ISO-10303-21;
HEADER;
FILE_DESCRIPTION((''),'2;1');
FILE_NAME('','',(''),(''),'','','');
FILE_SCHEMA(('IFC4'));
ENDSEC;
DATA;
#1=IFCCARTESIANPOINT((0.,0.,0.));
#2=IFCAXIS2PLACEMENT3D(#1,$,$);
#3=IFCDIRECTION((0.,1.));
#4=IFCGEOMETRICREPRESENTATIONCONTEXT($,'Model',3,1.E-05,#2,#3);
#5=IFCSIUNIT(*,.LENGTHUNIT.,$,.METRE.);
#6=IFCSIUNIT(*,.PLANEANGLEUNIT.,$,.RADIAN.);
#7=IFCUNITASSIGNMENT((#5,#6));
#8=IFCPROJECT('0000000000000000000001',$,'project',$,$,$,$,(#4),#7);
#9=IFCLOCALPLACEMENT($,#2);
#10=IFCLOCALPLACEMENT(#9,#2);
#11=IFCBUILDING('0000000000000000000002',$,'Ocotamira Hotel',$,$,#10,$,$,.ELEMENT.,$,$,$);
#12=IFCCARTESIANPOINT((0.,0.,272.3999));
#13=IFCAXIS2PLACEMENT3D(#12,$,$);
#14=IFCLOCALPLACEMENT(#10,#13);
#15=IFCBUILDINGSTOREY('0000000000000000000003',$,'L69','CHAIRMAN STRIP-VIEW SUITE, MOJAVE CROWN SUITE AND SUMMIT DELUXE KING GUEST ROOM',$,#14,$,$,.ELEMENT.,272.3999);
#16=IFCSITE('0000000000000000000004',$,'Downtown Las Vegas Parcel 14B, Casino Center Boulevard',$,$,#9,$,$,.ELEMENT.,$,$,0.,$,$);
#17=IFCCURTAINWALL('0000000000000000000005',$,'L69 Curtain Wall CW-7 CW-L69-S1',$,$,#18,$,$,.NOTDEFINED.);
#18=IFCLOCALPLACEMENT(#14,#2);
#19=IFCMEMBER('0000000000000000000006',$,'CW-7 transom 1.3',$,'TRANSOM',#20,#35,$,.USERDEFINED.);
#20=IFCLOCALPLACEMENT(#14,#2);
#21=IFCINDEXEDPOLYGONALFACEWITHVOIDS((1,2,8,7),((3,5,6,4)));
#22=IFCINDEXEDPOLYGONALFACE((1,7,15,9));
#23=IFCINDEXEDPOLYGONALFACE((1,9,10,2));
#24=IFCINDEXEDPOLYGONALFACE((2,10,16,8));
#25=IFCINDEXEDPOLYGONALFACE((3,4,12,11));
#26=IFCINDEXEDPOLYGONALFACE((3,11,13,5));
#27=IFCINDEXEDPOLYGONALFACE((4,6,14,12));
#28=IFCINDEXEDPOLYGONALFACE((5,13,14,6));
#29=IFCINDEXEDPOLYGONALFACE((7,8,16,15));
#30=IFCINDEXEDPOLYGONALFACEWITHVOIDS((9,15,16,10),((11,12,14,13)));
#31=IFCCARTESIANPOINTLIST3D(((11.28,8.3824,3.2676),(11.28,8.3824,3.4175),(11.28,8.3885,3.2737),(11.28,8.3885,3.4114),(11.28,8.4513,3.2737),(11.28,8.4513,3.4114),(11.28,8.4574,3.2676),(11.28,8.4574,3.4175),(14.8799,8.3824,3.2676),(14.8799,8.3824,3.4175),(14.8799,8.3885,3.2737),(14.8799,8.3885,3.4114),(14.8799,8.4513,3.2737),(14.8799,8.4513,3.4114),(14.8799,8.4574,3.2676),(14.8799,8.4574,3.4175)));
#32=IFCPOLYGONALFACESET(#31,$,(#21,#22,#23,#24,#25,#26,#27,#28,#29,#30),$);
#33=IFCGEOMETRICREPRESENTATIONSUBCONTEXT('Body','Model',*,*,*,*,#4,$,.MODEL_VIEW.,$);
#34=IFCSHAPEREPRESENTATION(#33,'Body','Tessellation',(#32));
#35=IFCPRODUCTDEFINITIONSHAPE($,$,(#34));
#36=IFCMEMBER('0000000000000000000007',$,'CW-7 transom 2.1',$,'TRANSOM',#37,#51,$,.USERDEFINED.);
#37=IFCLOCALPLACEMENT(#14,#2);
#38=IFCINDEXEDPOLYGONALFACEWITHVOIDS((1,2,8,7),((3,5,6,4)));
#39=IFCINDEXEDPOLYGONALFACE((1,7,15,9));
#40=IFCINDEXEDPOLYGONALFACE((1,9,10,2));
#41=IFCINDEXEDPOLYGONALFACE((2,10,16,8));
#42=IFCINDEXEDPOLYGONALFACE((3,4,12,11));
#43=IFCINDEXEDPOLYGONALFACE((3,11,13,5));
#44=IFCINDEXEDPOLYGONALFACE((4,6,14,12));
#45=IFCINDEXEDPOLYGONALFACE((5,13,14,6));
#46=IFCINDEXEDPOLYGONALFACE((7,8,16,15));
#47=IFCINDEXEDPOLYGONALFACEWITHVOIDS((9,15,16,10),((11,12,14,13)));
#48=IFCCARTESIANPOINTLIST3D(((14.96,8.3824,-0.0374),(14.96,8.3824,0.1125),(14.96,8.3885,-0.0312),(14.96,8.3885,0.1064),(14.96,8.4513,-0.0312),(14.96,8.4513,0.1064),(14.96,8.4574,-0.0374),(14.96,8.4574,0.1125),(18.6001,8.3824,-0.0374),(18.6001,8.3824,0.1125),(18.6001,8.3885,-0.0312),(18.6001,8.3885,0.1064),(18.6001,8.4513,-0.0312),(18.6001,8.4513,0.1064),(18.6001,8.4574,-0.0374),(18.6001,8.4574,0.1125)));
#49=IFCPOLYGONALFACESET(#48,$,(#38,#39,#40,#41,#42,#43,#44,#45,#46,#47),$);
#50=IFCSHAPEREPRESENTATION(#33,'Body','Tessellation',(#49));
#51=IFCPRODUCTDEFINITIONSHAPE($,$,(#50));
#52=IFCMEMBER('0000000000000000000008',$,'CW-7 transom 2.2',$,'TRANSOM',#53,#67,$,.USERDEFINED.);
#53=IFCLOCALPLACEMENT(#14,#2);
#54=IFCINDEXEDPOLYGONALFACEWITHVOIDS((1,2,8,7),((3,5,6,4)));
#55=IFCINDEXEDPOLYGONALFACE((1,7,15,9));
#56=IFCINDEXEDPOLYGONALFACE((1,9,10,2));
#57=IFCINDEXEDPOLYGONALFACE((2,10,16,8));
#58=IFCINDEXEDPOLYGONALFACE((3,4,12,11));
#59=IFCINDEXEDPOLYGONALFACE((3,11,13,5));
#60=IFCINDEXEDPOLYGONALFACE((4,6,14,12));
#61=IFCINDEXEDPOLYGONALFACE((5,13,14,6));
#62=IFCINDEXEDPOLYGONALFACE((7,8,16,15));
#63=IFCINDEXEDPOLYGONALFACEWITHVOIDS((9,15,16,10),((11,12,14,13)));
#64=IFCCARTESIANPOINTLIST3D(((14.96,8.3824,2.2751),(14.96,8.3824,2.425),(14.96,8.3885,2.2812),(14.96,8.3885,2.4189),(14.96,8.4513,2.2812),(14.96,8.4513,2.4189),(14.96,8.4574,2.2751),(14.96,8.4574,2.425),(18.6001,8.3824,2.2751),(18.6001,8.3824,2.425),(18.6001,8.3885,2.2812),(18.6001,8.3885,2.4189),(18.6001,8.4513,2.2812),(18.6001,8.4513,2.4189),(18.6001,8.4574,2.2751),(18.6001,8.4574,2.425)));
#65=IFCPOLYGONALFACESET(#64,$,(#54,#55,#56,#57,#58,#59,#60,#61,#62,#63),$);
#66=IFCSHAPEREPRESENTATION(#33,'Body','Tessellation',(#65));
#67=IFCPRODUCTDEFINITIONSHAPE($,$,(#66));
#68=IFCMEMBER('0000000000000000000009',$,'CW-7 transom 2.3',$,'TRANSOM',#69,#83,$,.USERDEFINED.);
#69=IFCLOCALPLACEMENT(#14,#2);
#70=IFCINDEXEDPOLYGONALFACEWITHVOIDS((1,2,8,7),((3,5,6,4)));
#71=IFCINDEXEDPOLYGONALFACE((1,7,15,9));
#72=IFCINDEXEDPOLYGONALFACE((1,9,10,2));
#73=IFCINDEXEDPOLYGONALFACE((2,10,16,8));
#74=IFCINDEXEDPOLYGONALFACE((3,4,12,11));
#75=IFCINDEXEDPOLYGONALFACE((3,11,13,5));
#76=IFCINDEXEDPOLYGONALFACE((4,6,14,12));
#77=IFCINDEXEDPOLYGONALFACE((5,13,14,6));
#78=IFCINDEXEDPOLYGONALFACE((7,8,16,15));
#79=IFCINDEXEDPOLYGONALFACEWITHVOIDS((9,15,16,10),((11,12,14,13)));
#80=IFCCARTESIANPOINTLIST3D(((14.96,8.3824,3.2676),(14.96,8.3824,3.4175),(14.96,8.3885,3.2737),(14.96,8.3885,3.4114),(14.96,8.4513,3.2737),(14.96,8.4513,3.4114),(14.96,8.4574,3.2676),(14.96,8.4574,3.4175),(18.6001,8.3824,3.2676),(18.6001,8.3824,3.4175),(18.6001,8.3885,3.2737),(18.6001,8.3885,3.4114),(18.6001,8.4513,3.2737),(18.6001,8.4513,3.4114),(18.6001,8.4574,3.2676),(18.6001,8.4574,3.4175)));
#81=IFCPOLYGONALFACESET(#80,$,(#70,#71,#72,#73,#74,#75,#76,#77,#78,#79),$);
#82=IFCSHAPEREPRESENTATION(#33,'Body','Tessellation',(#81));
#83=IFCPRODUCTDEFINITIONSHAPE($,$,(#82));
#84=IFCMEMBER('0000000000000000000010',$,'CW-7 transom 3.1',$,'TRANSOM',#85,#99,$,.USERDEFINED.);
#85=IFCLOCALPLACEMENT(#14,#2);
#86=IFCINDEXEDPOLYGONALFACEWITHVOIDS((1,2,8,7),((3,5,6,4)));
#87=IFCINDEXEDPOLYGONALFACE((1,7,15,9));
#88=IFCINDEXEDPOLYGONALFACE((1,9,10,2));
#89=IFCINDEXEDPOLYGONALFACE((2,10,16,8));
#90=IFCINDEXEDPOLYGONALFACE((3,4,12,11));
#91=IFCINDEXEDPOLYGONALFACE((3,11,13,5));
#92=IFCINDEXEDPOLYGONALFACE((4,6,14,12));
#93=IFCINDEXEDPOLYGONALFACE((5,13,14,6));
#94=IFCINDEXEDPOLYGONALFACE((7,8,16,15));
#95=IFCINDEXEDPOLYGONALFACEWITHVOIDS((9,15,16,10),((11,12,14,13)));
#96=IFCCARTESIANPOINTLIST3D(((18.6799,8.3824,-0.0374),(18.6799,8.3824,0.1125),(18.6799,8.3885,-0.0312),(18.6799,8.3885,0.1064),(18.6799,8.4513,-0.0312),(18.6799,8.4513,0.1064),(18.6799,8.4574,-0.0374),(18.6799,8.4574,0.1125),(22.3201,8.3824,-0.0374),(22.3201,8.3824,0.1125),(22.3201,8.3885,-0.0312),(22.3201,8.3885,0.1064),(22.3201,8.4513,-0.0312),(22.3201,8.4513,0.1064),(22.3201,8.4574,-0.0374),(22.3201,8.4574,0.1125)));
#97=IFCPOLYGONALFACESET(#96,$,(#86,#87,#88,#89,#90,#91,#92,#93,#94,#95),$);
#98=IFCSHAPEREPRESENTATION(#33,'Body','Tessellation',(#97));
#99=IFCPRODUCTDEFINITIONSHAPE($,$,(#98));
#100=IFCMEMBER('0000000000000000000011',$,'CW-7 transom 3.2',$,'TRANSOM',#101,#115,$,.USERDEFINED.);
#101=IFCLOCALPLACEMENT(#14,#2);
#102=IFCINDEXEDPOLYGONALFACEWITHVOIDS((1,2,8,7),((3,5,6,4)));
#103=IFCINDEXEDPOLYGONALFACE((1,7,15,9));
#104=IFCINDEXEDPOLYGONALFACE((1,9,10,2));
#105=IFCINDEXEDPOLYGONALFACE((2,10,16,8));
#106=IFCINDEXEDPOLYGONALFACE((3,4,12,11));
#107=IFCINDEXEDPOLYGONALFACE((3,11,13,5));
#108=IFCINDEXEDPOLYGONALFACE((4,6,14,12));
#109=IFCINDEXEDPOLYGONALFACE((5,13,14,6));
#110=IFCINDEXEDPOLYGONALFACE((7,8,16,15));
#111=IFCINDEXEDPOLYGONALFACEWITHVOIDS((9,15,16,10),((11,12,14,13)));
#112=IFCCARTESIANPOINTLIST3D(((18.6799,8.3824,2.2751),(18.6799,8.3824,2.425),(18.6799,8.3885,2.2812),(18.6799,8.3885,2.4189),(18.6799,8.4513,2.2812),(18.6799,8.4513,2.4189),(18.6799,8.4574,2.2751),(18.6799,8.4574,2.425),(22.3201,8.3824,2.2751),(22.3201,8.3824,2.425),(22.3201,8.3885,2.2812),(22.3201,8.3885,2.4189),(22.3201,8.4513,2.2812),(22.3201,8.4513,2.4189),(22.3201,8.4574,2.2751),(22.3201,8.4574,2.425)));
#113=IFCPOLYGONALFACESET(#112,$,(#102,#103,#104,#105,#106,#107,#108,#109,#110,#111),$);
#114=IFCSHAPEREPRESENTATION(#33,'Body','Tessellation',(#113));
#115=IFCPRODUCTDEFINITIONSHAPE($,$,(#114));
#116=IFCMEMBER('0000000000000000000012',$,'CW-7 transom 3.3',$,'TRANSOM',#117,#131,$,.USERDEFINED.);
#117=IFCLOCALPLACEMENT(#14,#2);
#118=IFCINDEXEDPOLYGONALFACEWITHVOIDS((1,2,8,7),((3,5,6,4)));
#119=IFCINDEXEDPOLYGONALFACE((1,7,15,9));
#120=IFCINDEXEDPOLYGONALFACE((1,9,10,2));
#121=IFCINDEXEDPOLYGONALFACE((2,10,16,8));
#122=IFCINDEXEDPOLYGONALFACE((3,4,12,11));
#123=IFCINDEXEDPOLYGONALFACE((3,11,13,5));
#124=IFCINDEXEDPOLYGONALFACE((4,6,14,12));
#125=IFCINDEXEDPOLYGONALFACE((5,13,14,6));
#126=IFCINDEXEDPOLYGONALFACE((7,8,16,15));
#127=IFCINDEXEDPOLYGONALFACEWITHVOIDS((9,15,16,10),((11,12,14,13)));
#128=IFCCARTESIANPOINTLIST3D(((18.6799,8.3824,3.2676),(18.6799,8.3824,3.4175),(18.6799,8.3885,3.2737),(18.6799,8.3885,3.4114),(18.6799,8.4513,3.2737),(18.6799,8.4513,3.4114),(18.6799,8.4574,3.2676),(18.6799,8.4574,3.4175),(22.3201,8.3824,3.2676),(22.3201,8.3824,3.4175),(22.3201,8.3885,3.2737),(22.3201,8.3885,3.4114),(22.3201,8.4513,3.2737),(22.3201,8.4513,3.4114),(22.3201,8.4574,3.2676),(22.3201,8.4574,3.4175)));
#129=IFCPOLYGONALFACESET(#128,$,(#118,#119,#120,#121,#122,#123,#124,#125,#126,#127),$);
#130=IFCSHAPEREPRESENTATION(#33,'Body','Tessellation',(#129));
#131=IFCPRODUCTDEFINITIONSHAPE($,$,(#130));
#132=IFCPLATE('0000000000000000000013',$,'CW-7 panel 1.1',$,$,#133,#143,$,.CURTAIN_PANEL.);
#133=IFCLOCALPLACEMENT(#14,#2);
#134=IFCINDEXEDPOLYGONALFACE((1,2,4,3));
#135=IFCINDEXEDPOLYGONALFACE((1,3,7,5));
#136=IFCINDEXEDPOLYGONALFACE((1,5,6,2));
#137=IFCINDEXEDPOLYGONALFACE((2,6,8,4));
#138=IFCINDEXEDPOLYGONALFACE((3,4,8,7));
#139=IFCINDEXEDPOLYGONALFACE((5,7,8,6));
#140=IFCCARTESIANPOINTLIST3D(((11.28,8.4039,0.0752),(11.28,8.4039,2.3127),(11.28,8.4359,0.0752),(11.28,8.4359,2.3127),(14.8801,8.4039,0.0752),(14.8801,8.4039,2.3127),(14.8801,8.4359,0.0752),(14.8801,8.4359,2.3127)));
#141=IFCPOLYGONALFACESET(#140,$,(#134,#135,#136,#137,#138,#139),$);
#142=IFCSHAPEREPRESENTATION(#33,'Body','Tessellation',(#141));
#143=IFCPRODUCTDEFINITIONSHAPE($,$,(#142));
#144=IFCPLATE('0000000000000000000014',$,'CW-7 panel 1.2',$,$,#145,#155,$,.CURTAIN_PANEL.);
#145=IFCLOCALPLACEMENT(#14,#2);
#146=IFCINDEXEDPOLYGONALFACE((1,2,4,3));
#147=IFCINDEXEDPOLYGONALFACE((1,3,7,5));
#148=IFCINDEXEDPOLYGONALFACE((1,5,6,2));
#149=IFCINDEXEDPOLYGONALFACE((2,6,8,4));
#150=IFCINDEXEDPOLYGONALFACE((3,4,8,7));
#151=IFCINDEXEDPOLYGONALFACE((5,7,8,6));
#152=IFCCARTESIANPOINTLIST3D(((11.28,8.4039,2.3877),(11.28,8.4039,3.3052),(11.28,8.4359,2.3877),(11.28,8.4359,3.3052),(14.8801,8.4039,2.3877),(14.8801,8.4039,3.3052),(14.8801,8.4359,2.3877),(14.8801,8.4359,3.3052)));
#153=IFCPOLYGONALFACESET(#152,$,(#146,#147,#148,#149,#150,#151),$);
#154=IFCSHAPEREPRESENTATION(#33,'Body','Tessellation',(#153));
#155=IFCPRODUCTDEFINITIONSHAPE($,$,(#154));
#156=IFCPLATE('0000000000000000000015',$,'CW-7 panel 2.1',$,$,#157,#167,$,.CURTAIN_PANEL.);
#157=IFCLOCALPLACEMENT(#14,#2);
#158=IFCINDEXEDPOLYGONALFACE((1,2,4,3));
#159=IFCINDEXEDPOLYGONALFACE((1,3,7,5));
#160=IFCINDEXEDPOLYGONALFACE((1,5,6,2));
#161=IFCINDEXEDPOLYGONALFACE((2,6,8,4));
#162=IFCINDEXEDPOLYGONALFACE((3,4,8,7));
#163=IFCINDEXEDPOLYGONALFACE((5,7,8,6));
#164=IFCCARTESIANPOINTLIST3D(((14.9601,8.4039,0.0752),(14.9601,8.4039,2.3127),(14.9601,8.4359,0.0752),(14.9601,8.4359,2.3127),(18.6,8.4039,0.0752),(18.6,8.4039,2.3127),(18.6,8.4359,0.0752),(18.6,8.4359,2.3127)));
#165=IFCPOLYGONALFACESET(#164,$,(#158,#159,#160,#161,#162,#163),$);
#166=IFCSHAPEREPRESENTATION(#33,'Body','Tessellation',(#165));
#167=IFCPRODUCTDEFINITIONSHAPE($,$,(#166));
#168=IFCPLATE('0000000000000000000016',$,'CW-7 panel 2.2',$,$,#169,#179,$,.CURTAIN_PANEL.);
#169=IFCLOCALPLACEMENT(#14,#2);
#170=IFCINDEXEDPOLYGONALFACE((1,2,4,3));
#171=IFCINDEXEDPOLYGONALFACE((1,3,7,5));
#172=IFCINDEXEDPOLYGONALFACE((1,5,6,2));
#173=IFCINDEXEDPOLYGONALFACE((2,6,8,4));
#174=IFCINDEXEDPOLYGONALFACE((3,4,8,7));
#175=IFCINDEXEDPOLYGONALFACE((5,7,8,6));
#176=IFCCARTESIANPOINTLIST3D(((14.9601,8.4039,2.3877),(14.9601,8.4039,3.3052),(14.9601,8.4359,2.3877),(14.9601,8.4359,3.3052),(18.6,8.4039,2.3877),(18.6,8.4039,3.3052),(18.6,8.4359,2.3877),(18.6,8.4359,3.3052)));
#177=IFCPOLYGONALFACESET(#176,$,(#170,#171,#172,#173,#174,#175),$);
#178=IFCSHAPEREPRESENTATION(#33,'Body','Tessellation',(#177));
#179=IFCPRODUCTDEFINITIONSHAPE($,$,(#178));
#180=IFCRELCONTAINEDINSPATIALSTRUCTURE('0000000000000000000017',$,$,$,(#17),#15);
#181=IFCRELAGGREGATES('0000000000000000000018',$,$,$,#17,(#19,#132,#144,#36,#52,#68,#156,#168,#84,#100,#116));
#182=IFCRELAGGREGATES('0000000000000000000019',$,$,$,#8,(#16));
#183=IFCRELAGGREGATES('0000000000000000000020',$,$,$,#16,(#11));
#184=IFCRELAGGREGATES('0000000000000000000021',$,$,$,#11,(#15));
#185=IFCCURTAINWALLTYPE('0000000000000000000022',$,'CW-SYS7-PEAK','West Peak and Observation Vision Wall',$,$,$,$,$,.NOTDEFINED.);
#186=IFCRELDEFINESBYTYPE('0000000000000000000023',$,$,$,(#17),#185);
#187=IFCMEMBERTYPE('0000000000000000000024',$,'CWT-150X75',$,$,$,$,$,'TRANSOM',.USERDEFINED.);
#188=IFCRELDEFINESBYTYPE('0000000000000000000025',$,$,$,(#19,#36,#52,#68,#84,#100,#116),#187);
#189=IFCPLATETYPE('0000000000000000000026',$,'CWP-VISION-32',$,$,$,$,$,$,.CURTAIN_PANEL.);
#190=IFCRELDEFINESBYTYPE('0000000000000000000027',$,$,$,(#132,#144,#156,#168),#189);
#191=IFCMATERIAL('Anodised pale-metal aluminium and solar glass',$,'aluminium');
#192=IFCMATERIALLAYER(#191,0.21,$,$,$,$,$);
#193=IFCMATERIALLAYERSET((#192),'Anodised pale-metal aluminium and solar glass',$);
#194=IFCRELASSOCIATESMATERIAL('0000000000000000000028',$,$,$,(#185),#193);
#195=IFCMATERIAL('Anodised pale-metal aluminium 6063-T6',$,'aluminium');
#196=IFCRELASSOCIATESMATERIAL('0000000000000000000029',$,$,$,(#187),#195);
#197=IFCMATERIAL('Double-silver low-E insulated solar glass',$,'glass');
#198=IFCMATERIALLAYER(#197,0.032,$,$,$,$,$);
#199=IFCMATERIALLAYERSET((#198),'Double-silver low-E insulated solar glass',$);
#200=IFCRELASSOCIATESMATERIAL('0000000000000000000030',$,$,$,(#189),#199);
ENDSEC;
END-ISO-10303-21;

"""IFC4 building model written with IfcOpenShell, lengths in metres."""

from ifc_helpers import new_model, si_unit, direction, frame, origin, origin_2d, place, context, subcontext, project, spatial, rectangle, hollow_rectangle, extrude, source, transform, mapped, material, layer, layer_set, material_profile, profile_set, type_object, element, aggregate, save


model = new_model("IFC4")

# Units and contexts
model_context = context("Model", 3, precision=1e-05, world=origin(), true_north=direction((0.0, 1.0)))
body_context = subcontext(model_context, "Body", "Model", "MODEL_VIEW")
ifc_project = project(units=[si_unit("LENGTHUNIT", "METRE"), si_unit("PLANEANGLEUNIT", "RADIAN")], contexts=[model_context])

# Site, building, storey
site_placement = place(None, origin())
site = spatial("IfcSite", under=ifc_project, at=site_placement, Name="Downtown Las Vegas Parcel 14B, Casino Center Boulevard", CompositionType="ELEMENT", RefElevation=0.0)
building_placement = place(site_placement, origin())
building = spatial("IfcBuilding", under=site, at=building_placement, Name="Ocotamira Hotel", CompositionType="ELEMENT")
storey_placement = place(building_placement, frame((0.0, 0.0, 272.3999)))
storey = spatial("IfcBuildingStorey", under=building, at=storey_placement, Name="L69", Description="CHAIRMAN STRIP-VIEW SUITE, MOJAVE CROWN SUITE AND SUMMIT DELUXE KING GUEST ROOM", CompositionType="ELEMENT", Elevation=272.3999)

# Curtain wall, members, plates
ifc_material_1 = material(Name="Anodised pale-metal aluminium and solar glass", Category="aluminium")
ifc_layer_1 = layer(ifc_material_1, 0.21)
ifc_layer_set_1 = layer_set([ifc_layer_1], Name="Anodised pale-metal aluminium and solar glass")
curtain_wall_type = type_object("IfcCurtainWallType", Name="CW-SYS7-PEAK", Description="West Peak and Observation Vision Wall", PredefinedType="NOTDEFINED", material=ifc_layer_set_1)
curtain_wall_placement = place(storey_placement, origin())
curtain_wall = element("IfcCurtainWall", 1, at=curtain_wall_placement, inside=storey, type_object=curtain_wall_type, Name="L69 Curtain Wall CW-7 CW-L69-S1", PredefinedType="NOTDEFINED")
ifc_material_2 = material(Name="Anodised pale-metal aluminium 6063-T6", Category="aluminium")
ifc_material_profile_1 = material_profile(ifc_material_2, hollow_rectangle(XDim=0.075, YDim=0.1499, WallThickness=0.0061, at=origin_2d()), Name="HSS150X75X6")
ifc_profile_set_1 = profile_set([ifc_material_profile_1], Name="Anodised pale-metal aluminium 6063-T6")
member_type_1 = type_object("IfcMemberType", Name="CWT-150X75", ElementType="TRANSOM", PredefinedType="USERDEFINED", material=ifc_profile_set_1)
shared_shape_1 = source(origin(), body_context, "Body", "SweptSolid", [
    extrude(hollow_rectangle(XDim=0.075, YDim=0.1499, WallThickness=0.0061, at=origin_2d()), origin(), (0.0, 0.0, 1.0), 3.5999),
])
member_1_placement = place(storey_placement, frame((11.28, 8.4199, 3.3425), z_axis=(1.0, 0.0, 0.0), x_axis=(0.0, 1.0, 0.0)))
member_1 = element("IfcMember", 2, at=member_1_placement, type_object=member_type_1, Name="CW-7 transom 1.3", ObjectType="TRANSOM", PredefinedType="USERDEFINED", context=body_context, shape_type="MappedRepresentation", body=[
    mapped(shared_shape_1, transform((0.0, 0.0, 0.0), scale=1.0)),
])
shared_shape_2 = source(origin(), body_context, "Body", "SweptSolid", [
    extrude(hollow_rectangle(XDim=0.075, YDim=0.1499, WallThickness=0.0061, at=origin_2d()), origin(), (0.0, 0.0, 1.0), 3.6401),
])
member_2_placement = place(storey_placement, frame((14.96, 8.4199, 0.0376), z_axis=(1.0, 0.0, 0.0), x_axis=(0.0, 1.0, 0.0)))
member_2 = element("IfcMember", 3, at=member_2_placement, type_object=member_type_1, Name="CW-7 transom 2.1", ObjectType="TRANSOM", PredefinedType="USERDEFINED", context=body_context, shape_type="MappedRepresentation", body=[
    mapped(shared_shape_2, transform((0.0, 0.0, 0.0), scale=1.0)),
])
member_3_placement = place(storey_placement, frame((14.96, 8.4199, 2.3501), z_axis=(1.0, 0.0, 0.0), x_axis=(0.0, 1.0, 0.0)))
member_3 = element("IfcMember", 4, at=member_3_placement, type_object=member_type_1, Name="CW-7 transom 2.2", ObjectType="TRANSOM", PredefinedType="USERDEFINED", context=body_context, shape_type="MappedRepresentation", body=[
    mapped(shared_shape_2, transform((0.0, 0.0, 0.0), scale=1.0)),
])
member_4_placement = place(storey_placement, frame((14.96, 8.4199, 3.3425), z_axis=(1.0, 0.0, 0.0), x_axis=(0.0, 1.0, 0.0)))
member_4 = element("IfcMember", 5, at=member_4_placement, type_object=member_type_1, Name="CW-7 transom 2.3", ObjectType="TRANSOM", PredefinedType="USERDEFINED", context=body_context, shape_type="MappedRepresentation", body=[
    mapped(shared_shape_2, transform((0.0, 0.0, 0.0), scale=1.0)),
])
member_5_placement = place(storey_placement, frame((18.6799, 8.4199, 0.0376), z_axis=(1.0, 0.0, 0.0), x_axis=(0.0, 1.0, 0.0)))
member_5 = element("IfcMember", 6, at=member_5_placement, type_object=member_type_1, Name="CW-7 transom 3.1", ObjectType="TRANSOM", PredefinedType="USERDEFINED", context=body_context, shape_type="MappedRepresentation", body=[
    mapped(shared_shape_2, transform((0.0, 0.0, 0.0), scale=1.0)),
])
member_6_placement = place(storey_placement, frame((18.6799, 8.4199, 2.3501), z_axis=(1.0, 0.0, 0.0), x_axis=(0.0, 1.0, 0.0)))
member_6 = element("IfcMember", 7, at=member_6_placement, type_object=member_type_1, Name="CW-7 transom 3.2", ObjectType="TRANSOM", PredefinedType="USERDEFINED", context=body_context, shape_type="MappedRepresentation", body=[
    mapped(shared_shape_2, transform((0.0, 0.0, 0.0), scale=1.0)),
])
member_7_placement = place(storey_placement, frame((18.6799, 8.4199, 3.3425), z_axis=(1.0, 0.0, 0.0), x_axis=(0.0, 1.0, 0.0)))
member_7 = element("IfcMember", 8, at=member_7_placement, type_object=member_type_1, Name="CW-7 transom 3.3", ObjectType="TRANSOM", PredefinedType="USERDEFINED", context=body_context, shape_type="MappedRepresentation", body=[
    mapped(shared_shape_2, transform((0.0, 0.0, 0.0), scale=1.0)),
])
ifc_material_3 = material(Name="Double-silver low-E insulated solar glass", Category="glass")
ifc_layer_2 = layer(ifc_material_3, 0.032)
ifc_layer_set_2 = layer_set([ifc_layer_2], Name="Double-silver low-E insulated solar glass")
plate_type = type_object("IfcPlateType", Name="CWP-VISION-32", PredefinedType="CURTAIN_PANEL", material=ifc_layer_set_2)
shared_shape_3 = source(origin(), body_context, "Body", "SweptSolid", [
    extrude(rectangle(XDim=3.6001, YDim=0.032, at=origin_2d()), origin(), (0.0, 0.0, 1.0), 2.2375),
])
plate_1_placement = place(storey_placement, frame((13.0801, 8.4199, 0.0752), z_axis=(0.0, 0.0, 1.0), x_axis=(1.0, 0.0, 0.0)))
plate_1 = element("IfcPlate", 9, at=plate_1_placement, type_object=plate_type, Name="CW-7 panel 1.1", PredefinedType="CURTAIN_PANEL", context=body_context, shape_type="MappedRepresentation", body=[
    mapped(shared_shape_3, transform((0.0, 0.0, 0.0), scale=1.0)),
])
shared_shape_4 = source(origin(), body_context, "Body", "SweptSolid", [
    extrude(rectangle(XDim=3.6001, YDim=0.032, at=origin_2d()), origin(), (0.0, 0.0, 1.0), 0.9175),
])
plate_2_placement = place(storey_placement, frame((13.0801, 8.4199, 2.3877), z_axis=(0.0, 0.0, 1.0), x_axis=(1.0, 0.0, 0.0)))
plate_2 = element("IfcPlate", 10, at=plate_2_placement, type_object=plate_type, Name="CW-7 panel 1.2", PredefinedType="CURTAIN_PANEL", context=body_context, shape_type="MappedRepresentation", body=[
    mapped(shared_shape_4, transform((0.0, 0.0, 0.0), scale=1.0)),
])
shared_shape_5 = source(origin(), body_context, "Body", "SweptSolid", [
    extrude(rectangle(XDim=3.6399, YDim=0.032, at=origin_2d()), origin(), (0.0, 0.0, 1.0), 2.2375),
])
plate_3_placement = place(storey_placement, frame((16.78, 8.4199, 0.0752), z_axis=(0.0, 0.0, 1.0), x_axis=(1.0, 0.0, 0.0)))
plate_3 = element("IfcPlate", 11, at=plate_3_placement, type_object=plate_type, Name="CW-7 panel 2.1", PredefinedType="CURTAIN_PANEL", context=body_context, shape_type="MappedRepresentation", body=[
    mapped(shared_shape_5, transform((0.0, 0.0, 0.0), scale=1.0)),
])
shared_shape_6 = source(origin(), body_context, "Body", "SweptSolid", [
    extrude(rectangle(XDim=3.6399, YDim=0.032, at=origin_2d()), origin(), (0.0, 0.0, 1.0), 0.9175),
])
plate_4_placement = place(storey_placement, frame((16.78, 8.4199, 2.3877), z_axis=(0.0, 0.0, 1.0), x_axis=(1.0, 0.0, 0.0)))
plate_4 = element("IfcPlate", 12, at=plate_4_placement, type_object=plate_type, Name="CW-7 panel 2.2", PredefinedType="CURTAIN_PANEL", context=body_context, shape_type="MappedRepresentation", body=[
    mapped(shared_shape_6, transform((0.0, 0.0, 0.0), scale=1.0)),
])
aggregate(curtain_wall, [member_1, plate_1, plate_2, member_2, member_3, member_4, plate_3, plate_4, member_5, member_6, member_7])

save(model, "model.ifc")
